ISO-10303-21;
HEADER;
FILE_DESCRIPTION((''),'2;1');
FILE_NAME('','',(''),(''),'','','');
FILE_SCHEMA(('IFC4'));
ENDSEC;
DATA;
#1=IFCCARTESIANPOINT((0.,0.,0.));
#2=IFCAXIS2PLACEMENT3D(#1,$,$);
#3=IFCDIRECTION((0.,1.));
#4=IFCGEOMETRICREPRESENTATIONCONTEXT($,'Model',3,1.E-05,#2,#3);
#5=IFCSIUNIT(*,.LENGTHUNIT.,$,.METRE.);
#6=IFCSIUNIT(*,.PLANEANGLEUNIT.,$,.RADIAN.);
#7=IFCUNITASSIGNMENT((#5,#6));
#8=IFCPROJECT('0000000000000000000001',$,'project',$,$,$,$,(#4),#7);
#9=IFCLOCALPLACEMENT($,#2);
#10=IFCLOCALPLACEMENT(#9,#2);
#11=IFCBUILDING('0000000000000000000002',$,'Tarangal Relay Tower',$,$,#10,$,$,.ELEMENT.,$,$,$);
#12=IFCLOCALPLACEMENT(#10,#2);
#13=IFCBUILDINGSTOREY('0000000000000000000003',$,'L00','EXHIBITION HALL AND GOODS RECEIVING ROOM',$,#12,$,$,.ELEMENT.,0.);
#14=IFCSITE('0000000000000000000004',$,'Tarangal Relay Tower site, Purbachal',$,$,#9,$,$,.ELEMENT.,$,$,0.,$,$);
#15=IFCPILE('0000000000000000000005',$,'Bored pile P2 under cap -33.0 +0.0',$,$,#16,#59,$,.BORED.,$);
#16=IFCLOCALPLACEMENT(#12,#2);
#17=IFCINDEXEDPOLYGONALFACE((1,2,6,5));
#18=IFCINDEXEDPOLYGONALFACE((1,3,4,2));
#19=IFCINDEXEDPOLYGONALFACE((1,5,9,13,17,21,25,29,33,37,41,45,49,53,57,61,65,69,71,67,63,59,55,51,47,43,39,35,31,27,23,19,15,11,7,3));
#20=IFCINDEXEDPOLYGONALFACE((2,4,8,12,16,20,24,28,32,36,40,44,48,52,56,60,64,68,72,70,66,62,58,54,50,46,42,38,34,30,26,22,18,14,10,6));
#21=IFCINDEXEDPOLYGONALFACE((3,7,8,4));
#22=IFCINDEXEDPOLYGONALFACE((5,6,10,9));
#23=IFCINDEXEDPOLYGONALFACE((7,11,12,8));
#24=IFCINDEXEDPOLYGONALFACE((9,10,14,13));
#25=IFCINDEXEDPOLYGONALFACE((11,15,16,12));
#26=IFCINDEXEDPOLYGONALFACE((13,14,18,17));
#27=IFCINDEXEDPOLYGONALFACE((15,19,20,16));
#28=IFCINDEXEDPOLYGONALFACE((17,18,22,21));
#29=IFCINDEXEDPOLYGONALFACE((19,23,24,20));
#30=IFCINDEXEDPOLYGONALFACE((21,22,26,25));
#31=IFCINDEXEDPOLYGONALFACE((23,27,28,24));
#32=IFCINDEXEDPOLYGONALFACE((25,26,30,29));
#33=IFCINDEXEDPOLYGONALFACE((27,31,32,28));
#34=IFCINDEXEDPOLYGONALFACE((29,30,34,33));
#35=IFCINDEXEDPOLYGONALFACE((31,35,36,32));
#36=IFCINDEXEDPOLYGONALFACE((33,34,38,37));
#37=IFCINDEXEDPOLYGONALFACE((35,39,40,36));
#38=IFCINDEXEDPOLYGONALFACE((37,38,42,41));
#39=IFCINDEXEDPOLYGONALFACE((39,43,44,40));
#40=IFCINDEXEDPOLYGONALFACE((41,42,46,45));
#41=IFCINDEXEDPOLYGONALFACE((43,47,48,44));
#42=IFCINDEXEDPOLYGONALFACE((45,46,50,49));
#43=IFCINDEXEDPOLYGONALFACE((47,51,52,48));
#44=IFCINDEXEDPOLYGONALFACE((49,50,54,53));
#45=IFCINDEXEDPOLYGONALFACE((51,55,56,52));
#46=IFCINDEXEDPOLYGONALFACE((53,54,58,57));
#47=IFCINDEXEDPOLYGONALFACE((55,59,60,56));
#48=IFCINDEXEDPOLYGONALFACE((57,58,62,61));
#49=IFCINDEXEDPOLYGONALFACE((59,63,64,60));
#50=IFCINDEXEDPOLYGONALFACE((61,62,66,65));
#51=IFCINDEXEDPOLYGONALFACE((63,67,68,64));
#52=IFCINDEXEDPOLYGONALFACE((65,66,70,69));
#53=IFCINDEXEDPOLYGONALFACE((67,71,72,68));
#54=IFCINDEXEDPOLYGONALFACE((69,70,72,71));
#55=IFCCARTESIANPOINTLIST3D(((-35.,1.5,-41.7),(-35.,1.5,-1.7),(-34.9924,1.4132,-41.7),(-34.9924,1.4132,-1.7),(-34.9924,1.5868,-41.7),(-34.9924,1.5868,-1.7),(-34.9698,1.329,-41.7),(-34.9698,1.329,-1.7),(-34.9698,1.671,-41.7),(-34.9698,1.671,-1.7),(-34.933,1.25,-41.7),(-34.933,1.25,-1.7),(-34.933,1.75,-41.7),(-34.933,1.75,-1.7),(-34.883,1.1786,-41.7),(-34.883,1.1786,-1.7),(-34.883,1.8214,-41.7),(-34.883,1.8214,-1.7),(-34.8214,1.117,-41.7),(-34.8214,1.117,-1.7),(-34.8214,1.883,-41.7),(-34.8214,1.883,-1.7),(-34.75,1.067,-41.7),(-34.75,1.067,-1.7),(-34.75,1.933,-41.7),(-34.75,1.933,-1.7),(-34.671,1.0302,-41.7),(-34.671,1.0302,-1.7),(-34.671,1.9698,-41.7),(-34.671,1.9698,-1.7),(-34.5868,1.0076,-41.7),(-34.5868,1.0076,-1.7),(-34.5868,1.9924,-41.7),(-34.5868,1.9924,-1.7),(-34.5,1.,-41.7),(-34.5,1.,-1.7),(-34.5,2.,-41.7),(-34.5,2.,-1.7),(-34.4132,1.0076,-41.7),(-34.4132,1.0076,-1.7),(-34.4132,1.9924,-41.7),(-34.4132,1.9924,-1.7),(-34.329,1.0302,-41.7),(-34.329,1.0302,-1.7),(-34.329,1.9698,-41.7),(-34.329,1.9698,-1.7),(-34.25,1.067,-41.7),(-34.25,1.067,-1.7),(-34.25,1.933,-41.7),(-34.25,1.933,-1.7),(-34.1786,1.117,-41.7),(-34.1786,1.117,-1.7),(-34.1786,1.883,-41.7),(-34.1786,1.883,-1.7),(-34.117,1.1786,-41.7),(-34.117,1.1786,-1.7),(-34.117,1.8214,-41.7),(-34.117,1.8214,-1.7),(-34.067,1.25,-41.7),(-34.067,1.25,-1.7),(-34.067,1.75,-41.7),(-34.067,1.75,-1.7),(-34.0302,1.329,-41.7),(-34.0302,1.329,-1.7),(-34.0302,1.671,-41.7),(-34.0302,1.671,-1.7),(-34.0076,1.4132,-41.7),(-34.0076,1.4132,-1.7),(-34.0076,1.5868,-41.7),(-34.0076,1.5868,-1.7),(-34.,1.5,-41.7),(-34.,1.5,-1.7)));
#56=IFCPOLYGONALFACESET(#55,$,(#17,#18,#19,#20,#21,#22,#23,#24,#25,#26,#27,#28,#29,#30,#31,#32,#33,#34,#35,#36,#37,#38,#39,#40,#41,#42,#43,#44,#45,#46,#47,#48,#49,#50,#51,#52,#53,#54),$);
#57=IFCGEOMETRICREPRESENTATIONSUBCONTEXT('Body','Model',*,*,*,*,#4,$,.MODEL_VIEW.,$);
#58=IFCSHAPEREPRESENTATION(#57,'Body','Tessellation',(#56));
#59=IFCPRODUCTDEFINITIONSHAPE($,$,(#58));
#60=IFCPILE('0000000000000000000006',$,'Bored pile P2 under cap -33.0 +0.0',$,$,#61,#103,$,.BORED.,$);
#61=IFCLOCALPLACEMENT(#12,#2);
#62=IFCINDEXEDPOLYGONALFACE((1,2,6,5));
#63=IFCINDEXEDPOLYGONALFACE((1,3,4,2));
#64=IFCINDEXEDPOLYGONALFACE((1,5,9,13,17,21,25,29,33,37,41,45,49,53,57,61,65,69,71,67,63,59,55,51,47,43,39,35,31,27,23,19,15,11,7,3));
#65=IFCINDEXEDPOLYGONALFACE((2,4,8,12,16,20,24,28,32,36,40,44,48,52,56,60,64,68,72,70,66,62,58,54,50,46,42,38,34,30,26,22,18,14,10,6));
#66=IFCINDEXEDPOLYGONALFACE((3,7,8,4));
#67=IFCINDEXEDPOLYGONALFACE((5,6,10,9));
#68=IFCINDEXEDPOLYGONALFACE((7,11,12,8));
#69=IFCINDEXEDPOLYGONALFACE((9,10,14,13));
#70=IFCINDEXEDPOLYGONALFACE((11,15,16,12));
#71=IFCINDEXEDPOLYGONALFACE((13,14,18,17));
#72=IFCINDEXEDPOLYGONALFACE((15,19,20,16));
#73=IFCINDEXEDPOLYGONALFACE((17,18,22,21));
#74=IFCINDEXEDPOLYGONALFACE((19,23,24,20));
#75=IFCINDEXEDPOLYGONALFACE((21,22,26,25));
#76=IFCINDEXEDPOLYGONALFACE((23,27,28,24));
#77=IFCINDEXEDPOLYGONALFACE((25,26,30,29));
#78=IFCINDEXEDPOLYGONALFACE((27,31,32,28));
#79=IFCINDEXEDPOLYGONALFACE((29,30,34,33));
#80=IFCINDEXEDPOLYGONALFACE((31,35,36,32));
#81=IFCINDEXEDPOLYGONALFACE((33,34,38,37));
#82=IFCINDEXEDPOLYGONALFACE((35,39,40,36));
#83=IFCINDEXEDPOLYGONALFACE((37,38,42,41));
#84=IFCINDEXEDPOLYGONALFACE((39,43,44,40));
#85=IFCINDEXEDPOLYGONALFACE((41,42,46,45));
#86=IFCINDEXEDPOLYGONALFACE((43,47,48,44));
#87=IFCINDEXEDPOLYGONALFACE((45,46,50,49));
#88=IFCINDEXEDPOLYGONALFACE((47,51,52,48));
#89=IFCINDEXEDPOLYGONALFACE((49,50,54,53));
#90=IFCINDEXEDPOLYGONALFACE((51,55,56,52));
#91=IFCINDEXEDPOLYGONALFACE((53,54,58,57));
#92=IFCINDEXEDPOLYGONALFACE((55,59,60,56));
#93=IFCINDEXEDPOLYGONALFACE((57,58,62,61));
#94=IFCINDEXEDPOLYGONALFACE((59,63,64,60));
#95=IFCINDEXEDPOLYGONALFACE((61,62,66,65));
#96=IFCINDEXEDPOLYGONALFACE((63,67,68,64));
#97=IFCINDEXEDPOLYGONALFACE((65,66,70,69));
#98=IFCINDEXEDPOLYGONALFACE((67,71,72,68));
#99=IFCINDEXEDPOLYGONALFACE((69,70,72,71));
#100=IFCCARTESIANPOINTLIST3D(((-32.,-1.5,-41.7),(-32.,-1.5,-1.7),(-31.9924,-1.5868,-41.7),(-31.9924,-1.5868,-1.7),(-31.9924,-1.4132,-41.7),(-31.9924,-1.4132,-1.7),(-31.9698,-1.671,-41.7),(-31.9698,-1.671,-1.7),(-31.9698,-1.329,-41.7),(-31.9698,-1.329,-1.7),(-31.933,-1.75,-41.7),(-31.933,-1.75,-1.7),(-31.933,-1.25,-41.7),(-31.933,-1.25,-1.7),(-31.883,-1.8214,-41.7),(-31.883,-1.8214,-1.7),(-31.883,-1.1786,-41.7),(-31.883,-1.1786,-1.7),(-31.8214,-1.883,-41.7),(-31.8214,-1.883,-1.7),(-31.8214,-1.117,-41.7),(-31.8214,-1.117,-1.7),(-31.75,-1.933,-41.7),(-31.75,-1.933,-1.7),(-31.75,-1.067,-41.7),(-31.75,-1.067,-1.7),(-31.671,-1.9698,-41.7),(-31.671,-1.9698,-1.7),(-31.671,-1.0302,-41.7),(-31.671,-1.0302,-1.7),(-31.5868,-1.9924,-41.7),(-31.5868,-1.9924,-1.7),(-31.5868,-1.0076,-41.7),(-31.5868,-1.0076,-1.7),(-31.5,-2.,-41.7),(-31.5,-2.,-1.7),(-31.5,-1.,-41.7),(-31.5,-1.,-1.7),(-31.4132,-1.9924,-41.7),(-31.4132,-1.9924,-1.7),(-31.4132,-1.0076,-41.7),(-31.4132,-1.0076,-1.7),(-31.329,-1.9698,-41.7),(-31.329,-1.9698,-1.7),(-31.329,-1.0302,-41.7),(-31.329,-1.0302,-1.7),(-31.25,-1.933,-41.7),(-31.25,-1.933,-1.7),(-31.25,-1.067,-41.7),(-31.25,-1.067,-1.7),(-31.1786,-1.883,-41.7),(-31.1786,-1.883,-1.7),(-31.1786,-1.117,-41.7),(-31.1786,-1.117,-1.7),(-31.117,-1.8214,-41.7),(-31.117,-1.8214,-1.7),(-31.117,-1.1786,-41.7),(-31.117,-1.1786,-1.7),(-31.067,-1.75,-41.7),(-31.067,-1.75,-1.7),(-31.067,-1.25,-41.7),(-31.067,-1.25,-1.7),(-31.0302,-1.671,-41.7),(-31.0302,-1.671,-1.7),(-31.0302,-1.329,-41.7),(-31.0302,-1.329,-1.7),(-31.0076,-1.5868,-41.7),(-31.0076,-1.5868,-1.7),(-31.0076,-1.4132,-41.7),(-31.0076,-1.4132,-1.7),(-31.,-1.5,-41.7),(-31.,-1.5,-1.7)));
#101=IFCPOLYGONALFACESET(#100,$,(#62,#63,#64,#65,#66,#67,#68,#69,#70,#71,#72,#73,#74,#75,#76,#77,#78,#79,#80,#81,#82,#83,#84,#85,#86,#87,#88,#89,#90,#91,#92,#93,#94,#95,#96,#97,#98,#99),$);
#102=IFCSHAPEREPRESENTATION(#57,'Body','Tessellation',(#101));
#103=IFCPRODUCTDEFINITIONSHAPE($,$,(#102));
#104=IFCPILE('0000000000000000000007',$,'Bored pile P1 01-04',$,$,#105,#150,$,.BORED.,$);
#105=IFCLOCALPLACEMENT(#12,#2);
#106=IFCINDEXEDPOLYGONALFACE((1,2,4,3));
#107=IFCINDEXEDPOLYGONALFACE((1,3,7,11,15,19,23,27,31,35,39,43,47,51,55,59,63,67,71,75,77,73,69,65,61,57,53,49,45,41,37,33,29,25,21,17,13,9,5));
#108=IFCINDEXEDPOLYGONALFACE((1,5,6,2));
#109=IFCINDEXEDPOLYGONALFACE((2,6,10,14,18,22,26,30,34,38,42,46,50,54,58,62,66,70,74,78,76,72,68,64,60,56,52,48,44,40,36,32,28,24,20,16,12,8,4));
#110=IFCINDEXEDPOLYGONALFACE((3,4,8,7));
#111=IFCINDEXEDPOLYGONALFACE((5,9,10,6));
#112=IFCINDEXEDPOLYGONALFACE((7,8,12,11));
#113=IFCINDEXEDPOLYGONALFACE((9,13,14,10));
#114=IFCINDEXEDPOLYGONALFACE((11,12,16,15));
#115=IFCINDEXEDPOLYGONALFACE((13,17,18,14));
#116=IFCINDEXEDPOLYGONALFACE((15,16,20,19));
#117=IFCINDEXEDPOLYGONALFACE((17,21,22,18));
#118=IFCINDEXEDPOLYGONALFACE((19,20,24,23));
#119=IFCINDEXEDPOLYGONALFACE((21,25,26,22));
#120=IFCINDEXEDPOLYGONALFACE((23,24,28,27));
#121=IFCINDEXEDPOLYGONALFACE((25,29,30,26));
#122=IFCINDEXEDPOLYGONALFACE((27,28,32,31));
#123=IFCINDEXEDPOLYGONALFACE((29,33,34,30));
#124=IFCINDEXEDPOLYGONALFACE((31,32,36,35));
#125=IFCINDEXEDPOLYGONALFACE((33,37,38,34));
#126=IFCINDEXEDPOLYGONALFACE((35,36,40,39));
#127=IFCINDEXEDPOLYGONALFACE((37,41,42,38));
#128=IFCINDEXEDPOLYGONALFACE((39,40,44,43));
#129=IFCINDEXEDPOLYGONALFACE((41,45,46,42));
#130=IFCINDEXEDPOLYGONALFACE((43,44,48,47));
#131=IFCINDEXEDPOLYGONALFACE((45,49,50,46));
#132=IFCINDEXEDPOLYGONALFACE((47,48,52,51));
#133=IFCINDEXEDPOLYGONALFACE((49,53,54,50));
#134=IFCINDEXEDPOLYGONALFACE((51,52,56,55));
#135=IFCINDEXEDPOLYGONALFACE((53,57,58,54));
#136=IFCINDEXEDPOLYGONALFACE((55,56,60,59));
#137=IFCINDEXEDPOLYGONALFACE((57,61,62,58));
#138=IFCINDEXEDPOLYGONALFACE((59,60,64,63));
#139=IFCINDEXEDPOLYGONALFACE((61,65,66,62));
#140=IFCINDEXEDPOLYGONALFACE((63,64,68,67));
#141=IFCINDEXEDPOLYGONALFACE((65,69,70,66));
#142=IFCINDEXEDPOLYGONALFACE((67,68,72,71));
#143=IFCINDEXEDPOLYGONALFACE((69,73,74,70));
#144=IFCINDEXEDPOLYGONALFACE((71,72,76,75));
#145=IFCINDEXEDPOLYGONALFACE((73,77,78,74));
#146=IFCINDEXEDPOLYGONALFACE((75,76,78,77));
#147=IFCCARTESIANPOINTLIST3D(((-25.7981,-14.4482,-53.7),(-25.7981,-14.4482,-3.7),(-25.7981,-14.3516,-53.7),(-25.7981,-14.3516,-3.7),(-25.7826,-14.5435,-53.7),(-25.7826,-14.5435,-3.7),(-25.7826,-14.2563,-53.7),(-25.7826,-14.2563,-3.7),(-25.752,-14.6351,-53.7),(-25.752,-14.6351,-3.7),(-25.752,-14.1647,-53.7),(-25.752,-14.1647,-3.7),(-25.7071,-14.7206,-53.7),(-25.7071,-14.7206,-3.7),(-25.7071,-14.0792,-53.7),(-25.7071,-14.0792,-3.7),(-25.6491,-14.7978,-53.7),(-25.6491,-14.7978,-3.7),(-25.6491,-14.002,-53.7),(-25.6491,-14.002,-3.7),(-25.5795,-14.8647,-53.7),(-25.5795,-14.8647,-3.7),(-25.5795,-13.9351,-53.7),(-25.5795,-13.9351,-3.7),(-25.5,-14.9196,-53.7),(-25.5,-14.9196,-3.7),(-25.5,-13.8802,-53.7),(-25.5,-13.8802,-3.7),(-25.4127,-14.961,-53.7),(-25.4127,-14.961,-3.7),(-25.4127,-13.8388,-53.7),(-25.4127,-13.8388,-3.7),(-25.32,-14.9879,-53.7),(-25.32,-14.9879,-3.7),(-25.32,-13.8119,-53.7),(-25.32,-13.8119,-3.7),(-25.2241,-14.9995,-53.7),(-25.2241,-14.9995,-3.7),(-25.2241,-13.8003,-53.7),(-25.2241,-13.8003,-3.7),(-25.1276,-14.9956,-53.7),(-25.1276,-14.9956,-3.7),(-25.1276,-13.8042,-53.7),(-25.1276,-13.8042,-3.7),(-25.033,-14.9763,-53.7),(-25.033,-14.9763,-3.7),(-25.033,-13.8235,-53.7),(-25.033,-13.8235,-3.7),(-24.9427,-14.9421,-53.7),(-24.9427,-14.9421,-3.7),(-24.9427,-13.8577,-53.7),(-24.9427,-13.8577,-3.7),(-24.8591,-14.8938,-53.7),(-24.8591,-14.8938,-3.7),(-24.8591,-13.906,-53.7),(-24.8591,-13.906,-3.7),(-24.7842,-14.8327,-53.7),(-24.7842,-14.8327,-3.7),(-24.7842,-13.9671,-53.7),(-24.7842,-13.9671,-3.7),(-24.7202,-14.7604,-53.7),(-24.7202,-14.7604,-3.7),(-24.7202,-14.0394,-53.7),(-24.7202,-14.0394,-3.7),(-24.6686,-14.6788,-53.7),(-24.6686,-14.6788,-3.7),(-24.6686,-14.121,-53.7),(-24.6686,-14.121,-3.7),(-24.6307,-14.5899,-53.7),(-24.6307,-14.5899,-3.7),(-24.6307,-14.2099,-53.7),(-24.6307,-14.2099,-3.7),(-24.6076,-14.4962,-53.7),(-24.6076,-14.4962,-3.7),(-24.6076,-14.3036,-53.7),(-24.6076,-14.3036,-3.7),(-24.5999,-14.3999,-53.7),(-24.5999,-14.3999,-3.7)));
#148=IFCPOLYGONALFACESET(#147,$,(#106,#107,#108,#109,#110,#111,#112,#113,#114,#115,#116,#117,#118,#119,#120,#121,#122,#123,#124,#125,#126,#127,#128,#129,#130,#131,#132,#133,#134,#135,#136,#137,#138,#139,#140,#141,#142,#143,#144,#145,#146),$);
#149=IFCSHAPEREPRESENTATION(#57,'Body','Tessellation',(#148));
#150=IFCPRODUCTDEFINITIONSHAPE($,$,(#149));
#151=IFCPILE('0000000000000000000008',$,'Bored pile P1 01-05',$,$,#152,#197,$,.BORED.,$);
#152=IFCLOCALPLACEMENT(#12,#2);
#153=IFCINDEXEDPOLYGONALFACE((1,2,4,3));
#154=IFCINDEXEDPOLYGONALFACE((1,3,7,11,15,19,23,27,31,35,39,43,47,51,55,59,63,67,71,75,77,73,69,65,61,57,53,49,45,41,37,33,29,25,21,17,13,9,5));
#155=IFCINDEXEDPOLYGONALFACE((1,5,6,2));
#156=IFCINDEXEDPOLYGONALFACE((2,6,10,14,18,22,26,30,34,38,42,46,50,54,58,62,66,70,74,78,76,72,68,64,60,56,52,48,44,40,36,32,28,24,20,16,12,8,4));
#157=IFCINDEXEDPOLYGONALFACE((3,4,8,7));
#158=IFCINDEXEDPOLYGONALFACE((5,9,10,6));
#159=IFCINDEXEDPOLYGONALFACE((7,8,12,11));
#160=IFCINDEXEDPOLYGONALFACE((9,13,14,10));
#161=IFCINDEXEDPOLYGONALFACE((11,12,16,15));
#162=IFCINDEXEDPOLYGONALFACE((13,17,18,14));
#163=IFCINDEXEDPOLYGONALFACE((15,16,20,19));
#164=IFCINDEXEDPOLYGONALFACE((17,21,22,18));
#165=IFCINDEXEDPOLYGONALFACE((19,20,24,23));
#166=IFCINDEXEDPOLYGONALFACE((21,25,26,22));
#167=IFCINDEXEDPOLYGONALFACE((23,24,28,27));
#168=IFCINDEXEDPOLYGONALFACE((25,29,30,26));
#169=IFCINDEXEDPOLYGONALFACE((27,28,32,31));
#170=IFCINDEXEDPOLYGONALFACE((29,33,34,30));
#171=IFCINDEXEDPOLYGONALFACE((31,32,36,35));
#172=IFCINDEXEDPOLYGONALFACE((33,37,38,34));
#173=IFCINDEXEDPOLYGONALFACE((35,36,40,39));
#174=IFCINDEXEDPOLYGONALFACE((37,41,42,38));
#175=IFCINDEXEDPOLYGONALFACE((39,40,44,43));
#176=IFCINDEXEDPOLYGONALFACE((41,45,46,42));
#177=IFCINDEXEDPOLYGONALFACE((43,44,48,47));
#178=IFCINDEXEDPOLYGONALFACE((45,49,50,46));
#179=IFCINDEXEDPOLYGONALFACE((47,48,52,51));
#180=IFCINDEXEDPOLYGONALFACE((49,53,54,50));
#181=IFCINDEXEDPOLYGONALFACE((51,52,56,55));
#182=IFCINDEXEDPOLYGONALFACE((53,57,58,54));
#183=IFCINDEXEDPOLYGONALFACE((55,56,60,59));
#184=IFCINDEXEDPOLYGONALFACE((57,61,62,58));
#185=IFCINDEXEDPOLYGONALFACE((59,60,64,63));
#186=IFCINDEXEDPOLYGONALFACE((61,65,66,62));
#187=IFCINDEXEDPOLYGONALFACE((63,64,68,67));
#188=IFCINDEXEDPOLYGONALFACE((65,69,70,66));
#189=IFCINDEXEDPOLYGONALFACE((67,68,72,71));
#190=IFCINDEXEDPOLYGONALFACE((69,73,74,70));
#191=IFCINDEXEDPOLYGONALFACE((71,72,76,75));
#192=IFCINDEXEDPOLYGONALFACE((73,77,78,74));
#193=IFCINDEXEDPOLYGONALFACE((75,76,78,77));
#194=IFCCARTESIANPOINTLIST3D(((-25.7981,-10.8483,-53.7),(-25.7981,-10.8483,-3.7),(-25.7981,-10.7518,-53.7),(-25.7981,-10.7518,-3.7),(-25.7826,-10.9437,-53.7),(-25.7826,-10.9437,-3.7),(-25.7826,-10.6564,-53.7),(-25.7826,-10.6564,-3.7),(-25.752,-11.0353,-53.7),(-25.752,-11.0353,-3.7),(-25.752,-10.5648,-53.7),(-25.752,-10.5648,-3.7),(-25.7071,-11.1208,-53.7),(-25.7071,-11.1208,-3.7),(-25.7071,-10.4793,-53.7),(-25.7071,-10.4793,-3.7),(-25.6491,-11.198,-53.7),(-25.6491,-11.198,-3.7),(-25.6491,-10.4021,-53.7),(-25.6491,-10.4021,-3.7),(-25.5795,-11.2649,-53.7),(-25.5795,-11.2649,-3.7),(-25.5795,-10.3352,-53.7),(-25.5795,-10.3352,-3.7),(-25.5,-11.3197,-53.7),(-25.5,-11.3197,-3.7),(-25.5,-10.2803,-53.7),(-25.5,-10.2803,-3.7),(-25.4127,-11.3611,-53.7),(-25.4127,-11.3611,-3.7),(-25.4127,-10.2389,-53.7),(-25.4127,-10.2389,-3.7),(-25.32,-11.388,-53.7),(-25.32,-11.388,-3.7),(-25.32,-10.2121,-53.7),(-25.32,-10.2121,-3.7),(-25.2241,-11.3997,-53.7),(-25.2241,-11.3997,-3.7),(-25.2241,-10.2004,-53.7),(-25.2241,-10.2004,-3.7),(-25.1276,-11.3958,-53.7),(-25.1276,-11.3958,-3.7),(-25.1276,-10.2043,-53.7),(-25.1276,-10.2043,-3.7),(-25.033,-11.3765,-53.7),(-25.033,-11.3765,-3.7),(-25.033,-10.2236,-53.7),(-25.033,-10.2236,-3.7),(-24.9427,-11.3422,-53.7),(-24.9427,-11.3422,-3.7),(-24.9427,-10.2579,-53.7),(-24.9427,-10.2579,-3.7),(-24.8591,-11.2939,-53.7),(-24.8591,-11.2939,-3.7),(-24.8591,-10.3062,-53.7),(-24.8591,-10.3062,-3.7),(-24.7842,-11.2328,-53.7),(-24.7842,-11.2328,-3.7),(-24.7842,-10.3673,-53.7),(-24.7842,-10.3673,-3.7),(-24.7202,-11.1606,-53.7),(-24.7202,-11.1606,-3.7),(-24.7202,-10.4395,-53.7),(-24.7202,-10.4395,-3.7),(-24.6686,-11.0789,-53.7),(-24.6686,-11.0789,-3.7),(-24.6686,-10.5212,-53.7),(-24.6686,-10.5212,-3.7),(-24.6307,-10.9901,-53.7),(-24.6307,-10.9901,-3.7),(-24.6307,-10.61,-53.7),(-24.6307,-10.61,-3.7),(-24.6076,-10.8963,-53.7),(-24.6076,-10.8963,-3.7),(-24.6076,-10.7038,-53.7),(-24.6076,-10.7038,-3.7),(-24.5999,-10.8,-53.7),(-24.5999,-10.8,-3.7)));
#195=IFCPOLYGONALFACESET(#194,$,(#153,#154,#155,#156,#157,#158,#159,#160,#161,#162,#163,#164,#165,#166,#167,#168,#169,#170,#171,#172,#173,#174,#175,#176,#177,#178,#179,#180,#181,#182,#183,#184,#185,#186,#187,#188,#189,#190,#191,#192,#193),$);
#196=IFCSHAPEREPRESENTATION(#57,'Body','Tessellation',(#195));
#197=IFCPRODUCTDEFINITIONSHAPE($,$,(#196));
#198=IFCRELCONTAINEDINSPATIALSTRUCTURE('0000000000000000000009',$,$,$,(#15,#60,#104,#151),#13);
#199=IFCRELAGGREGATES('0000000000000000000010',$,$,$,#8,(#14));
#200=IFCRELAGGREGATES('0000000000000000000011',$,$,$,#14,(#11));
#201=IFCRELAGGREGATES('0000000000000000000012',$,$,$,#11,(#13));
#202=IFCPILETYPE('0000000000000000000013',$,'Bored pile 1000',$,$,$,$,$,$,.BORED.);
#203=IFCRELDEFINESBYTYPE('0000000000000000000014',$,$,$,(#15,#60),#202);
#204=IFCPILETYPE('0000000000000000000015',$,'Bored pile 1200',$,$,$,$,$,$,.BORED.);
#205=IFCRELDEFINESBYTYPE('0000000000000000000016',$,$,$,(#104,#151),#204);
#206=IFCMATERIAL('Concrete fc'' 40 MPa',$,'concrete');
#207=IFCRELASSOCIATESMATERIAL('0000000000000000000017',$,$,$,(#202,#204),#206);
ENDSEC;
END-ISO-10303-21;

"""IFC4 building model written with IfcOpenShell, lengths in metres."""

from ifc_helpers import new_model, si_unit, direction, frame, origin, origin_2d, place, context, subcontext, project, spatial, circle, extrude, material, material_profile, profile_set, type_object, element, save


model = new_model("IFC4")

# Units and contexts
model_context = context("Model", 3, precision=1e-05, world=origin(), true_north=direction((0.0, 1.0)))
body_context = subcontext(model_context, "Body", "Model", "MODEL_VIEW")
ifc_project = project(units=[si_unit("LENGTHUNIT", "METRE"), si_unit("PLANEANGLEUNIT", "RADIAN")], contexts=[model_context])

# Site, building, storey
site_placement = place(None, origin())
site = spatial("IfcSite", under=ifc_project, at=site_placement, Name="Tarangal Relay Tower site, Purbachal", CompositionType="ELEMENT", RefElevation=0.0)
building_placement = place(site_placement, origin())
building = spatial("IfcBuilding", under=site, at=building_placement, Name="Tarangal Relay Tower", CompositionType="ELEMENT")
storey_placement = place(building_placement, origin())
storey = spatial("IfcBuildingStorey", under=building, at=storey_placement, Name="L00", Description="EXHIBITION HALL AND GOODS RECEIVING ROOM", CompositionType="ELEMENT", Elevation=0.0)

# Piles
ifc_material_1 = material(Name="Concrete fc' 40 MPa", Category="concrete")
ifc_material_profile_1 = material_profile(ifc_material_1, circle(Radius=0.5, at=origin_2d()), Name="D1000")
ifc_profile_set_1 = profile_set([ifc_material_profile_1], Name="Concrete fc' 40 MPa")
pile_type_1 = type_object("IfcPileType", Name="Bored pile 1000", PredefinedType="BORED", material=ifc_profile_set_1)
for number, where, z_axis, x_axis, name in (
    (1, (-34.5, 1.5, -1.7), (0.0, 0.0, -1.0), (1.0, 0.0, 0.0), "Bored pile P2 under cap -33.0 +0.0"),
    (2, (-31.5, -1.5, -1.7), (0.0, 0.0, -1.0), (1.0, 0.0, 0.0), "Bored pile P2 under cap -33.0 +0.0"),
):
    element("IfcPile", number, at=place(storey_placement, frame(where, z_axis=z_axis, x_axis=x_axis)), inside=storey, type_object=pile_type_1, Name=name, PredefinedType="BORED", context=body_context, shape_type="SweptSolid", body=[
        extrude(circle(Radius=0.5, at=origin_2d()), origin(), (0.0, 0.0, 1.0), 40.0),
    ])
ifc_material_profile_2 = material_profile(ifc_material_1, circle(Radius=0.6001, at=origin_2d()), Name="D1200")
ifc_profile_set_2 = profile_set([ifc_material_profile_2], Name="Concrete fc' 40 MPa")
pile_type_2 = type_object("IfcPileType", Name="Bored pile 1200", PredefinedType="BORED", material=ifc_profile_set_2)
for number, where, z_axis, x_axis, name in (
    (3, (-25.2, -14.3999, -3.7), (0.0, 0.0, -1.0), (1.0, 0.0, 0.0), "Bored pile P1 01-04"),
    (4, (-25.2, -10.8, -3.7), (0.0, 0.0, -1.0), (1.0, 0.0, 0.0), "Bored pile P1 01-05"),
):
    element("IfcPile", number, at=place(storey_placement, frame(where, z_axis=z_axis, x_axis=x_axis)), inside=storey, type_object=pile_type_2, Name=name, PredefinedType="BORED", context=body_context, shape_type="SweptSolid", body=[
        extrude(circle(Radius=0.6001, at=origin_2d()), origin(), (0.0, 0.0, 1.0), 50.0),
    ])

save(model, "model.ifc")
